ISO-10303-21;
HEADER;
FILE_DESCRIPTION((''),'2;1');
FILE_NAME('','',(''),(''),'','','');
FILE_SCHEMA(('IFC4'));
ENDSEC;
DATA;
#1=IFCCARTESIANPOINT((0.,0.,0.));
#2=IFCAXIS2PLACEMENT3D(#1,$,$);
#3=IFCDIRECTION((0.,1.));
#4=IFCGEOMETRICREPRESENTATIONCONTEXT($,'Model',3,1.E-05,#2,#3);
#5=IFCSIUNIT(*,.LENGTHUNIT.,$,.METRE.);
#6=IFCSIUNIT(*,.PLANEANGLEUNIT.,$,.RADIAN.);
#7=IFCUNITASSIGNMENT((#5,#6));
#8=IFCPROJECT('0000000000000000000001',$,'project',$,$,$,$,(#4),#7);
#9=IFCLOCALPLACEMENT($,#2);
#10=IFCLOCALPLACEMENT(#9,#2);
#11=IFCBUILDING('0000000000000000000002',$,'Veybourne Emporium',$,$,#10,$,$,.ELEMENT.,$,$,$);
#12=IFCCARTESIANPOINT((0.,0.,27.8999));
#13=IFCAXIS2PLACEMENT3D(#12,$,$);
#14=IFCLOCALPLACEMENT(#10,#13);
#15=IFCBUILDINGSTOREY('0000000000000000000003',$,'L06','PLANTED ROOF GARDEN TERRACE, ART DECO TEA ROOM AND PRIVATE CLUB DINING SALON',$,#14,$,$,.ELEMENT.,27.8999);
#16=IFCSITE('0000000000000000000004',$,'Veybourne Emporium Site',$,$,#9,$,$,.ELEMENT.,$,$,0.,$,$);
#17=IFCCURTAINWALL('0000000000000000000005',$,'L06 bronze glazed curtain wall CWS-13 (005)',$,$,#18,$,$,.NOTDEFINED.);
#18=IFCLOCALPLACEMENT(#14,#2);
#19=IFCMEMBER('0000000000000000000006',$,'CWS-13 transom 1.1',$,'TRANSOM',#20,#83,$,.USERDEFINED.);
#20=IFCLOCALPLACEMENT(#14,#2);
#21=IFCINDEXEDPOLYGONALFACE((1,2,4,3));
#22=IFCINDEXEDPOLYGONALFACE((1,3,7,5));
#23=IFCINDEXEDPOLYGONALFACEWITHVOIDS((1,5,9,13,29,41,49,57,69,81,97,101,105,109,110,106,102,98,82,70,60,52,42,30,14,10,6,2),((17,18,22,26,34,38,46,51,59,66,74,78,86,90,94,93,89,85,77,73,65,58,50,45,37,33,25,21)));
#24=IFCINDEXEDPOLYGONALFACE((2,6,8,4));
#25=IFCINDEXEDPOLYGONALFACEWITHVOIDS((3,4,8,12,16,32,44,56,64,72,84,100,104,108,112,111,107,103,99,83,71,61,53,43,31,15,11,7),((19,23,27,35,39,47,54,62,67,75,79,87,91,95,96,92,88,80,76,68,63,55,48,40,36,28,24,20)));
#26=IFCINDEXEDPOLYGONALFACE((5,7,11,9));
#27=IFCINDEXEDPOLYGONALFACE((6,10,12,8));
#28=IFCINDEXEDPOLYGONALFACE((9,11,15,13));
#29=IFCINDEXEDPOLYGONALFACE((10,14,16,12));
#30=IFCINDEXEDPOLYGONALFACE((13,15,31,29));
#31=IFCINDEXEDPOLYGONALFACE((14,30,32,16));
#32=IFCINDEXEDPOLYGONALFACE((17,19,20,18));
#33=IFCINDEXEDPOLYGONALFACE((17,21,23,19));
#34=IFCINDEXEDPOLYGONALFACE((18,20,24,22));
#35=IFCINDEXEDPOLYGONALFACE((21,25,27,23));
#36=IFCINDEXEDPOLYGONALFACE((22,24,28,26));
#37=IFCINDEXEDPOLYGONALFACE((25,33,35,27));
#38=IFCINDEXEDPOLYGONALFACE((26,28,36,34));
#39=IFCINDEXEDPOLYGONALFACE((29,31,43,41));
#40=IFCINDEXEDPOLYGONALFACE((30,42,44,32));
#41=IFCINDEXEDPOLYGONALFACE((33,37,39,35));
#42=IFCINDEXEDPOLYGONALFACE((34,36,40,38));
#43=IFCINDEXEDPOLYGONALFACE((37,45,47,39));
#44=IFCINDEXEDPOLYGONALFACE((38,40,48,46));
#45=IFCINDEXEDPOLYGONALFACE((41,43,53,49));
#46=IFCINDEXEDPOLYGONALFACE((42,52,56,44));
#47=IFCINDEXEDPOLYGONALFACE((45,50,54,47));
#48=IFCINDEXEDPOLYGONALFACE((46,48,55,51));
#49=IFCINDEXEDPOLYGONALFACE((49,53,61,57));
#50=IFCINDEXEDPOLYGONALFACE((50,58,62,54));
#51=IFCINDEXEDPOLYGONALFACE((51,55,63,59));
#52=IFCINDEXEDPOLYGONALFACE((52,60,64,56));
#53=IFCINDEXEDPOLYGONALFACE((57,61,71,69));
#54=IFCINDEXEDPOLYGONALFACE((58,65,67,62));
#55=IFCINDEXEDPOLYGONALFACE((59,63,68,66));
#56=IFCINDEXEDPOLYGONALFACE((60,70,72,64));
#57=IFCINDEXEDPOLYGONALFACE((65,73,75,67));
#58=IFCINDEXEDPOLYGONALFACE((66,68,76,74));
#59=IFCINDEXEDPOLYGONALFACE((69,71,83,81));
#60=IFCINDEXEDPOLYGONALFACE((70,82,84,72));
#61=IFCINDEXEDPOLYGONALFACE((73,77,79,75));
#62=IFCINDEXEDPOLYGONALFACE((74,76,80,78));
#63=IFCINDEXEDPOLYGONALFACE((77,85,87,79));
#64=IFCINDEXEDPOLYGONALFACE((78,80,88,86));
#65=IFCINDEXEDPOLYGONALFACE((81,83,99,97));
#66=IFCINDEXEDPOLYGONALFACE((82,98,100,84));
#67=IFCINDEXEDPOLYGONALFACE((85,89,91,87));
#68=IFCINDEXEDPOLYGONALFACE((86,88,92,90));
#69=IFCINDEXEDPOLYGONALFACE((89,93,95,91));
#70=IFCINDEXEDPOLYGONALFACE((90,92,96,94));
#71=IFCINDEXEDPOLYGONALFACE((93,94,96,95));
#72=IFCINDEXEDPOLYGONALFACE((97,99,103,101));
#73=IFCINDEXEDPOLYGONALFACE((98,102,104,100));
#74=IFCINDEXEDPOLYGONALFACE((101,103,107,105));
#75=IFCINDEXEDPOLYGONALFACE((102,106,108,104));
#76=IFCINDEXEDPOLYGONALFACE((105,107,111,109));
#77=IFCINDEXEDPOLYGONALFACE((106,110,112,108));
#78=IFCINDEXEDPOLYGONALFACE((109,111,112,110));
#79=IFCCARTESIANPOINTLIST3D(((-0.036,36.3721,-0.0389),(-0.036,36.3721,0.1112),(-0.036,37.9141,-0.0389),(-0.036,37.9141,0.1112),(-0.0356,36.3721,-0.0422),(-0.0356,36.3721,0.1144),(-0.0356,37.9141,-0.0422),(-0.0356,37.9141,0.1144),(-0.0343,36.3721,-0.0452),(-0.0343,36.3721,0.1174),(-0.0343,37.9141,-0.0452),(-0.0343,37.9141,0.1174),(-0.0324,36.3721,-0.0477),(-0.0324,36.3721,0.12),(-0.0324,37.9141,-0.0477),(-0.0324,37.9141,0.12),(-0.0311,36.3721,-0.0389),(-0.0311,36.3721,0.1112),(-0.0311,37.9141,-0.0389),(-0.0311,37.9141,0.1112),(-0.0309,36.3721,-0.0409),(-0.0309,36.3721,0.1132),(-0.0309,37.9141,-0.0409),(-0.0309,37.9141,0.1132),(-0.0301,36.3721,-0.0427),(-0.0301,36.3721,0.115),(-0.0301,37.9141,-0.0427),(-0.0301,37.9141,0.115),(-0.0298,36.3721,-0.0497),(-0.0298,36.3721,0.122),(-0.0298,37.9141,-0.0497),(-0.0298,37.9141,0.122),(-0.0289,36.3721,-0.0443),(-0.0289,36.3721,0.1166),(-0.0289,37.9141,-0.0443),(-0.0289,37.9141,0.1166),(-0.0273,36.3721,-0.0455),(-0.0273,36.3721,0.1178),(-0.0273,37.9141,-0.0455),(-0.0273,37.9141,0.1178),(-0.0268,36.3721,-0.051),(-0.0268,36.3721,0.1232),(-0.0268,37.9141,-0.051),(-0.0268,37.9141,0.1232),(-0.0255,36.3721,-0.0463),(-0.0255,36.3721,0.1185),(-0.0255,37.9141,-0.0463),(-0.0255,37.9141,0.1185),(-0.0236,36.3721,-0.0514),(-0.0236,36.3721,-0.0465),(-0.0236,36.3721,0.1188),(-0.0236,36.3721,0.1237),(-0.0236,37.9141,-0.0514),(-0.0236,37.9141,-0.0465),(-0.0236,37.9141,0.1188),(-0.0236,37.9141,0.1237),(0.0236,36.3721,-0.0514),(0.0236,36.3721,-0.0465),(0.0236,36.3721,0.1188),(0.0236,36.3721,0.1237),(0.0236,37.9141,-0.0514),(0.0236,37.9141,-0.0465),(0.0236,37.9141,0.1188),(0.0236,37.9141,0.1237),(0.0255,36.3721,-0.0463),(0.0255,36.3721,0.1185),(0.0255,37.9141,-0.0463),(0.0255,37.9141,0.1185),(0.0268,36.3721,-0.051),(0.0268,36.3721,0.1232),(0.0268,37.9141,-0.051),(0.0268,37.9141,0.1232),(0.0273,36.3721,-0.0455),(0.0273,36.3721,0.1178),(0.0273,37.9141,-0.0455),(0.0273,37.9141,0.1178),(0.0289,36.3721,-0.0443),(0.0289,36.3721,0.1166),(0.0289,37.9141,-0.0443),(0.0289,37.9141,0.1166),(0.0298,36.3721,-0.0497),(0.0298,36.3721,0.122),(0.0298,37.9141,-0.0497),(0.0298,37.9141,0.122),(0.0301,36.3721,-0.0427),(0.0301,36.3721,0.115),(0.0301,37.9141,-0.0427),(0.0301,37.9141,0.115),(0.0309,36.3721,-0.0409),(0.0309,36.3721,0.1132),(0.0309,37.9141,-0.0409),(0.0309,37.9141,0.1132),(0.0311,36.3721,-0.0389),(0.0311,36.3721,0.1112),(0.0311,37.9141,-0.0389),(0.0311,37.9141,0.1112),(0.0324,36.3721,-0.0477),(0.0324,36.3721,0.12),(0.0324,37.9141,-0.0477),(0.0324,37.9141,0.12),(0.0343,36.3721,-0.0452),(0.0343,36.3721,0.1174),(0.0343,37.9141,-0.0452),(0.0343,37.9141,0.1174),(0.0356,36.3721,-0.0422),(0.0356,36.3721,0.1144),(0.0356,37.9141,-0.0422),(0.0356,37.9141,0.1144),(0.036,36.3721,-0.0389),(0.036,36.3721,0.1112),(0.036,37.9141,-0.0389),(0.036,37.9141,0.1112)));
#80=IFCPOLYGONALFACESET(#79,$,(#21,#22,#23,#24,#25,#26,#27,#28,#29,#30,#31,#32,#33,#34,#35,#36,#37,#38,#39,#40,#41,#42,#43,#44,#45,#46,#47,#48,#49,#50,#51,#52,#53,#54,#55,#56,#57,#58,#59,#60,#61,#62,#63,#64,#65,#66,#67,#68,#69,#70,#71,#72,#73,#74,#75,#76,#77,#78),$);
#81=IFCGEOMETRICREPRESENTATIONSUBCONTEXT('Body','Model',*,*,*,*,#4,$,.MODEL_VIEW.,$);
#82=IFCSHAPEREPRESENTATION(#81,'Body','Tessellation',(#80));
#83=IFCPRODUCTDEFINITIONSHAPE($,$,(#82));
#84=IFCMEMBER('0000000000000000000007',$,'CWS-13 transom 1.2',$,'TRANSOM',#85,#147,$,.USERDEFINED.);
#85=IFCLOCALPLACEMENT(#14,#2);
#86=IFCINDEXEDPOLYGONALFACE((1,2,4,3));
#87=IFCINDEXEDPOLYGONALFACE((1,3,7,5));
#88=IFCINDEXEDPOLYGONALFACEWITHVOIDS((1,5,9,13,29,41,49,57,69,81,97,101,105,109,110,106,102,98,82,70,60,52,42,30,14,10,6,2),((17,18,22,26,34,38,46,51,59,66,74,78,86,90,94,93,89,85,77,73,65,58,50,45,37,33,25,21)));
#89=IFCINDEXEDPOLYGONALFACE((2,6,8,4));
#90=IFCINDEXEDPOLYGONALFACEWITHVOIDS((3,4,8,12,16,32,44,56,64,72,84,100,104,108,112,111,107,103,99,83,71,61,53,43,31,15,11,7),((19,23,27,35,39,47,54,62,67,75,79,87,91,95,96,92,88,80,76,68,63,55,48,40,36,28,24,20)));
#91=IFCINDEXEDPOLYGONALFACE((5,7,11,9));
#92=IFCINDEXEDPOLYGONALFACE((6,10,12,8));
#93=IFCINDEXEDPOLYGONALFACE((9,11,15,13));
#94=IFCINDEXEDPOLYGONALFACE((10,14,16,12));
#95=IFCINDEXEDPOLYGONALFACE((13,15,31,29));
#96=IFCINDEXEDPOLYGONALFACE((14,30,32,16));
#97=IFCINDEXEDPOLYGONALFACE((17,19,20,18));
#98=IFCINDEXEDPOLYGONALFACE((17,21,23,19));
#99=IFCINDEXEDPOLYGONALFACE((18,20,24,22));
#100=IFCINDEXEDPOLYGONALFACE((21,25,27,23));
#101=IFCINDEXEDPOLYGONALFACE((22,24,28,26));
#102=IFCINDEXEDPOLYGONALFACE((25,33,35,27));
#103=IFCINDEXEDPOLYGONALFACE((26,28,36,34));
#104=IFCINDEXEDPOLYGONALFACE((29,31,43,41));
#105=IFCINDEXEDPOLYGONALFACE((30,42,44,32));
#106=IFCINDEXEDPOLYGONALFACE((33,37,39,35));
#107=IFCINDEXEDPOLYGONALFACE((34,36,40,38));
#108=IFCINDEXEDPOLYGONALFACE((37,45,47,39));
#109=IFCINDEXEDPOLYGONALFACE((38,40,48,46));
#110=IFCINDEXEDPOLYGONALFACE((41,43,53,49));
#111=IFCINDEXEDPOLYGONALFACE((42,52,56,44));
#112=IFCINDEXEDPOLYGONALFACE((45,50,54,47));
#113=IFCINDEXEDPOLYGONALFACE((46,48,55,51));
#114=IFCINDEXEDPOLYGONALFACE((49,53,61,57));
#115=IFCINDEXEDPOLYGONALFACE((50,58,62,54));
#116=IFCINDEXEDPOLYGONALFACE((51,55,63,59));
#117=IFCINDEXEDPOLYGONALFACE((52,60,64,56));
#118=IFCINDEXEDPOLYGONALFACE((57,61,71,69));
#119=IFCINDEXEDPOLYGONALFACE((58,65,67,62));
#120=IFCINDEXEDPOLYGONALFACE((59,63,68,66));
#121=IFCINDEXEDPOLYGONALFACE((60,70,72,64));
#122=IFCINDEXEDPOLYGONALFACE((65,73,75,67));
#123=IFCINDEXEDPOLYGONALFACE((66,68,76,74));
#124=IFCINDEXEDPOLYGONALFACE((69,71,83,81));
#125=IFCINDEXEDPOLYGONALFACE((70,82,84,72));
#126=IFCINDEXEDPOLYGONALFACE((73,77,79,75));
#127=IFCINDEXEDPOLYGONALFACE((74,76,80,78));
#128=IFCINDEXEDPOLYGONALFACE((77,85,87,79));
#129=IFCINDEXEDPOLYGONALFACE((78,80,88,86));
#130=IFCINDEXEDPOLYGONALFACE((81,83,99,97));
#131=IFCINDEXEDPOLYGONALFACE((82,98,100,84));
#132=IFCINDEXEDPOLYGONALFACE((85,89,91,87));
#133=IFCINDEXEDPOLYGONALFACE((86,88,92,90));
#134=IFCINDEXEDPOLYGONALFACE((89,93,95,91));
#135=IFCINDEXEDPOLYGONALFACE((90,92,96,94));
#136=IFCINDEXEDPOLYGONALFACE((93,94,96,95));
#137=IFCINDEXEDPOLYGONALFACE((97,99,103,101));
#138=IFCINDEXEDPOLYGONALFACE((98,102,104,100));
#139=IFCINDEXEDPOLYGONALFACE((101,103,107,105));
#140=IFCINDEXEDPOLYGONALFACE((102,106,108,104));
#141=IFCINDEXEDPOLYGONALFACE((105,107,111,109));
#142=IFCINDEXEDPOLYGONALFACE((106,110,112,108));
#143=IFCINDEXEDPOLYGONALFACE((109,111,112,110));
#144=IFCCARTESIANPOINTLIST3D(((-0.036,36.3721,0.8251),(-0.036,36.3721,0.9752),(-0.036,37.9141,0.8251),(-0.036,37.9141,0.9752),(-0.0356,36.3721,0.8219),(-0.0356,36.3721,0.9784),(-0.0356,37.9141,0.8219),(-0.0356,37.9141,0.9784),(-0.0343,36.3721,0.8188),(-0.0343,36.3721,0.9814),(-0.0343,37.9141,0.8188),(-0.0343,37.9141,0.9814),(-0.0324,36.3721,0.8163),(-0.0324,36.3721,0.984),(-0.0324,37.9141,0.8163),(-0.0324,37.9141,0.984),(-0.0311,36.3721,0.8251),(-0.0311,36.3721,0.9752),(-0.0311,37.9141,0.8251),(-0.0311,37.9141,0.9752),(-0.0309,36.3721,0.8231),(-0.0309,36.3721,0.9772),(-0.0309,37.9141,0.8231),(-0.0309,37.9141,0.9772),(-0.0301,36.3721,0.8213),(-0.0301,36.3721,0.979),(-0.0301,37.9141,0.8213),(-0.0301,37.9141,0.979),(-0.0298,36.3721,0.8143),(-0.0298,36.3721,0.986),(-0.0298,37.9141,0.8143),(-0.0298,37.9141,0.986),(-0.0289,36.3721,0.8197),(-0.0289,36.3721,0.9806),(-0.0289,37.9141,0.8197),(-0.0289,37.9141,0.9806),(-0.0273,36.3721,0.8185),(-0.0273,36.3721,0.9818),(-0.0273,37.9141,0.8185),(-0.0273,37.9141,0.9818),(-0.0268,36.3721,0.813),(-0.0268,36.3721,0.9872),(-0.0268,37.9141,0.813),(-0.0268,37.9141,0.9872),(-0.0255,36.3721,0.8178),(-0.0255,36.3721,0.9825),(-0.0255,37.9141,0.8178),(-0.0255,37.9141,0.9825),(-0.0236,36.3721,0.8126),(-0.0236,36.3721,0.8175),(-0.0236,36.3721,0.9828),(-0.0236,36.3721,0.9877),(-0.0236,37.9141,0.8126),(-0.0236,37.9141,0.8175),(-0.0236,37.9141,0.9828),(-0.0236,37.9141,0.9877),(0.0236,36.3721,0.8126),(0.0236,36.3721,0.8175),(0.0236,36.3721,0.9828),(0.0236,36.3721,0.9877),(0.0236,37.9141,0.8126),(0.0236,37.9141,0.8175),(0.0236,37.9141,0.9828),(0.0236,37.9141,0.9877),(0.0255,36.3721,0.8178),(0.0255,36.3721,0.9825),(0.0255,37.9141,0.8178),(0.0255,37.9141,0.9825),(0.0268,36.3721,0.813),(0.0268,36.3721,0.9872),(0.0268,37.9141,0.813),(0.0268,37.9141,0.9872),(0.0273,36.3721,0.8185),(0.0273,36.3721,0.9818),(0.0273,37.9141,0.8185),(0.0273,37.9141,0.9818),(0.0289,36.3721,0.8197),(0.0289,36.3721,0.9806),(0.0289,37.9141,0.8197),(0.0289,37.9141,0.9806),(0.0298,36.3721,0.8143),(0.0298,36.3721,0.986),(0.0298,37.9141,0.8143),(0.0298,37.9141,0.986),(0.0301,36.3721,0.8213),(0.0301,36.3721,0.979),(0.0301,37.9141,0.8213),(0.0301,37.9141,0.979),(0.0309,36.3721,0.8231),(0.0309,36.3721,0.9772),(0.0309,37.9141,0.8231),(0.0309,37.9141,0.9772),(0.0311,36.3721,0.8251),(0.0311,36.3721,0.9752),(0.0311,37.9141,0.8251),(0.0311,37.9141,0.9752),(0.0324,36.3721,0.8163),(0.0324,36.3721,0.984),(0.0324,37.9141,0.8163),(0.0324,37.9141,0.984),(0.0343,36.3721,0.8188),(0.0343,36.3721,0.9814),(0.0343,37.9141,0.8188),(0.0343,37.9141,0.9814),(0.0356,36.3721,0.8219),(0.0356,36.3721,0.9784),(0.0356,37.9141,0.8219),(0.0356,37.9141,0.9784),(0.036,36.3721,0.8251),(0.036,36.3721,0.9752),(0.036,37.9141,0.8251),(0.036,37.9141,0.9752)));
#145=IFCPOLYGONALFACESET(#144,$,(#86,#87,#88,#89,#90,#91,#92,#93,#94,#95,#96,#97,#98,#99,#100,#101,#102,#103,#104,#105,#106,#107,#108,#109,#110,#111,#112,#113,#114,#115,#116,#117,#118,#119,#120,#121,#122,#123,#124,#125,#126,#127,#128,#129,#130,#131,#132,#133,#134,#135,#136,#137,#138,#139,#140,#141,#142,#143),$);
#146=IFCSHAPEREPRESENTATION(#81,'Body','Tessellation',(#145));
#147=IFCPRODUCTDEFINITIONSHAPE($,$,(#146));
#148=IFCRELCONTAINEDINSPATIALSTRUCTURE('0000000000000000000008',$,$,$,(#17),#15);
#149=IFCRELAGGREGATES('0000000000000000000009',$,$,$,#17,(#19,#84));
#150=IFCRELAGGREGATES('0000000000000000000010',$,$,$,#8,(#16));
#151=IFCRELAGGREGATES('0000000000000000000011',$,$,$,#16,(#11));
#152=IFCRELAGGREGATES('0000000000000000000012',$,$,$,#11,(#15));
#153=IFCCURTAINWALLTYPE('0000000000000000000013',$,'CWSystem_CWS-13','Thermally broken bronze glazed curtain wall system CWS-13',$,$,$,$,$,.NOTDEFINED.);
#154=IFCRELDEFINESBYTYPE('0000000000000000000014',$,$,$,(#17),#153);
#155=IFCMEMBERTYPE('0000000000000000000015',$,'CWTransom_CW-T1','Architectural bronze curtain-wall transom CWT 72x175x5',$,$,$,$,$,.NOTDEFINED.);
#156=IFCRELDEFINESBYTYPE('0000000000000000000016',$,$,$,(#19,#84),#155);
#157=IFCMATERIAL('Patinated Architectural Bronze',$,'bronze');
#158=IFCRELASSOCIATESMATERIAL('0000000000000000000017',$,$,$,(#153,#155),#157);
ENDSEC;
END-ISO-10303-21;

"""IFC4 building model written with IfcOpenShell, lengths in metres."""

from ifc_helpers import new_model, si_unit, direction, frame, origin, origin_2d, place, context, subcontext, project, spatial, hollow_rectangle, extrude, material, material_profile, profile_set, type_object, element, aggregate, save


model = new_model("IFC4")

# Units and contexts
model_context = context("Model", 3, precision=1e-05, world=origin(), true_north=direction((0.0, 1.0)))
body_context = subcontext(model_context, "Body", "Model", "MODEL_VIEW")
ifc_project = project(units=[si_unit("LENGTHUNIT", "METRE"), si_unit("PLANEANGLEUNIT", "RADIAN")], contexts=[model_context])

# Site, building, storey
site_placement = place(None, origin())
site = spatial("IfcSite", under=ifc_project, at=site_placement, Name="Veybourne Emporium Site", CompositionType="ELEMENT", RefElevation=0.0)
building_placement = place(site_placement, origin())
building = spatial("IfcBuilding", under=site, at=building_placement, Name="Veybourne Emporium", CompositionType="ELEMENT")
storey_placement = place(building_placement, frame((0.0, 0.0, 27.8999)))
storey = spatial("IfcBuildingStorey", under=building, at=storey_placement, Name="L06", Description="PLANTED ROOF GARDEN TERRACE, ART DECO TEA ROOM AND PRIVATE CLUB DINING SALON", CompositionType="ELEMENT", Elevation=27.8999)

# Curtain wall
ifc_material_1 = material(Name="Patinated Architectural Bronze", Category="bronze")
curtain_wall_type_1 = type_object("IfcCurtainWallType", Name="CWSystem_CWS-13", Description="Thermally broken bronze glazed curtain wall system CWS-13", PredefinedType="NOTDEFINED", material=ifc_material_1)
curtain_wall_1_placement = place(storey_placement, origin())
curtain_wall_1 = element("IfcCurtainWall", 1, at=curtain_wall_1_placement, inside=storey, type_object=curtain_wall_type_1, Name="L06 bronze glazed curtain wall CWS-13 (005)", PredefinedType="NOTDEFINED")

# Members
ifc_material_profile_1 = material_profile(ifc_material_1, hollow_rectangle(XDim=0.072, YDim=0.175, WallThickness=0.0049, InnerFilletRadius=0.0076, OuterFilletRadius=0.0125, at=origin_2d()), Name="CWT 72x175x5")
ifc_profile_set_1 = profile_set([ifc_material_profile_1], Name="Patinated Architectural Bronze")
member_type_1 = type_object("IfcMemberType", Name="CWTransom_CW-T1", Description="Architectural bronze curtain-wall transom CWT 72x175x5", PredefinedType="NOTDEFINED", material=ifc_profile_set_1)
member_1_placement = place(storey_placement, frame((0.0, 36.3721, 0.0361), z_axis=(0.0, 1.0, 0.0), x_axis=(-1.0, 0.0, 0.0)))
member_1 = element("IfcMember", 2, at=member_1_placement, type_object=member_type_1, Name="CWS-13 transom 1.1", ObjectType="TRANSOM", PredefinedType="USERDEFINED", context=body_context, shape_type="SweptSolid", body=[
    extrude(hollow_rectangle(XDim=0.072, YDim=0.175, WallThickness=0.0049, InnerFilletRadius=0.0076, OuterFilletRadius=0.0125, at=origin_2d()), origin(), (0.0, 0.0, 1.0), 1.542),
])
member_2_placement = place(storey_placement, frame((0.0, 36.3721, 0.9001), z_axis=(0.0, 1.0, 0.0), x_axis=(-1.0, 0.0, 0.0)))
member_2 = element("IfcMember", 3, at=member_2_placement, type_object=member_type_1, Name="CWS-13 transom 1.2", ObjectType="TRANSOM", PredefinedType="USERDEFINED", context=body_context, shape_type="SweptSolid", body=[
    extrude(hollow_rectangle(XDim=0.072, YDim=0.175, WallThickness=0.0049, InnerFilletRadius=0.0076, OuterFilletRadius=0.0125, at=origin_2d()), origin(), (0.0, 0.0, 1.0), 1.542),
])
aggregate(curtain_wall_1, [member_1, member_2])

save(model, "model.ifc")
